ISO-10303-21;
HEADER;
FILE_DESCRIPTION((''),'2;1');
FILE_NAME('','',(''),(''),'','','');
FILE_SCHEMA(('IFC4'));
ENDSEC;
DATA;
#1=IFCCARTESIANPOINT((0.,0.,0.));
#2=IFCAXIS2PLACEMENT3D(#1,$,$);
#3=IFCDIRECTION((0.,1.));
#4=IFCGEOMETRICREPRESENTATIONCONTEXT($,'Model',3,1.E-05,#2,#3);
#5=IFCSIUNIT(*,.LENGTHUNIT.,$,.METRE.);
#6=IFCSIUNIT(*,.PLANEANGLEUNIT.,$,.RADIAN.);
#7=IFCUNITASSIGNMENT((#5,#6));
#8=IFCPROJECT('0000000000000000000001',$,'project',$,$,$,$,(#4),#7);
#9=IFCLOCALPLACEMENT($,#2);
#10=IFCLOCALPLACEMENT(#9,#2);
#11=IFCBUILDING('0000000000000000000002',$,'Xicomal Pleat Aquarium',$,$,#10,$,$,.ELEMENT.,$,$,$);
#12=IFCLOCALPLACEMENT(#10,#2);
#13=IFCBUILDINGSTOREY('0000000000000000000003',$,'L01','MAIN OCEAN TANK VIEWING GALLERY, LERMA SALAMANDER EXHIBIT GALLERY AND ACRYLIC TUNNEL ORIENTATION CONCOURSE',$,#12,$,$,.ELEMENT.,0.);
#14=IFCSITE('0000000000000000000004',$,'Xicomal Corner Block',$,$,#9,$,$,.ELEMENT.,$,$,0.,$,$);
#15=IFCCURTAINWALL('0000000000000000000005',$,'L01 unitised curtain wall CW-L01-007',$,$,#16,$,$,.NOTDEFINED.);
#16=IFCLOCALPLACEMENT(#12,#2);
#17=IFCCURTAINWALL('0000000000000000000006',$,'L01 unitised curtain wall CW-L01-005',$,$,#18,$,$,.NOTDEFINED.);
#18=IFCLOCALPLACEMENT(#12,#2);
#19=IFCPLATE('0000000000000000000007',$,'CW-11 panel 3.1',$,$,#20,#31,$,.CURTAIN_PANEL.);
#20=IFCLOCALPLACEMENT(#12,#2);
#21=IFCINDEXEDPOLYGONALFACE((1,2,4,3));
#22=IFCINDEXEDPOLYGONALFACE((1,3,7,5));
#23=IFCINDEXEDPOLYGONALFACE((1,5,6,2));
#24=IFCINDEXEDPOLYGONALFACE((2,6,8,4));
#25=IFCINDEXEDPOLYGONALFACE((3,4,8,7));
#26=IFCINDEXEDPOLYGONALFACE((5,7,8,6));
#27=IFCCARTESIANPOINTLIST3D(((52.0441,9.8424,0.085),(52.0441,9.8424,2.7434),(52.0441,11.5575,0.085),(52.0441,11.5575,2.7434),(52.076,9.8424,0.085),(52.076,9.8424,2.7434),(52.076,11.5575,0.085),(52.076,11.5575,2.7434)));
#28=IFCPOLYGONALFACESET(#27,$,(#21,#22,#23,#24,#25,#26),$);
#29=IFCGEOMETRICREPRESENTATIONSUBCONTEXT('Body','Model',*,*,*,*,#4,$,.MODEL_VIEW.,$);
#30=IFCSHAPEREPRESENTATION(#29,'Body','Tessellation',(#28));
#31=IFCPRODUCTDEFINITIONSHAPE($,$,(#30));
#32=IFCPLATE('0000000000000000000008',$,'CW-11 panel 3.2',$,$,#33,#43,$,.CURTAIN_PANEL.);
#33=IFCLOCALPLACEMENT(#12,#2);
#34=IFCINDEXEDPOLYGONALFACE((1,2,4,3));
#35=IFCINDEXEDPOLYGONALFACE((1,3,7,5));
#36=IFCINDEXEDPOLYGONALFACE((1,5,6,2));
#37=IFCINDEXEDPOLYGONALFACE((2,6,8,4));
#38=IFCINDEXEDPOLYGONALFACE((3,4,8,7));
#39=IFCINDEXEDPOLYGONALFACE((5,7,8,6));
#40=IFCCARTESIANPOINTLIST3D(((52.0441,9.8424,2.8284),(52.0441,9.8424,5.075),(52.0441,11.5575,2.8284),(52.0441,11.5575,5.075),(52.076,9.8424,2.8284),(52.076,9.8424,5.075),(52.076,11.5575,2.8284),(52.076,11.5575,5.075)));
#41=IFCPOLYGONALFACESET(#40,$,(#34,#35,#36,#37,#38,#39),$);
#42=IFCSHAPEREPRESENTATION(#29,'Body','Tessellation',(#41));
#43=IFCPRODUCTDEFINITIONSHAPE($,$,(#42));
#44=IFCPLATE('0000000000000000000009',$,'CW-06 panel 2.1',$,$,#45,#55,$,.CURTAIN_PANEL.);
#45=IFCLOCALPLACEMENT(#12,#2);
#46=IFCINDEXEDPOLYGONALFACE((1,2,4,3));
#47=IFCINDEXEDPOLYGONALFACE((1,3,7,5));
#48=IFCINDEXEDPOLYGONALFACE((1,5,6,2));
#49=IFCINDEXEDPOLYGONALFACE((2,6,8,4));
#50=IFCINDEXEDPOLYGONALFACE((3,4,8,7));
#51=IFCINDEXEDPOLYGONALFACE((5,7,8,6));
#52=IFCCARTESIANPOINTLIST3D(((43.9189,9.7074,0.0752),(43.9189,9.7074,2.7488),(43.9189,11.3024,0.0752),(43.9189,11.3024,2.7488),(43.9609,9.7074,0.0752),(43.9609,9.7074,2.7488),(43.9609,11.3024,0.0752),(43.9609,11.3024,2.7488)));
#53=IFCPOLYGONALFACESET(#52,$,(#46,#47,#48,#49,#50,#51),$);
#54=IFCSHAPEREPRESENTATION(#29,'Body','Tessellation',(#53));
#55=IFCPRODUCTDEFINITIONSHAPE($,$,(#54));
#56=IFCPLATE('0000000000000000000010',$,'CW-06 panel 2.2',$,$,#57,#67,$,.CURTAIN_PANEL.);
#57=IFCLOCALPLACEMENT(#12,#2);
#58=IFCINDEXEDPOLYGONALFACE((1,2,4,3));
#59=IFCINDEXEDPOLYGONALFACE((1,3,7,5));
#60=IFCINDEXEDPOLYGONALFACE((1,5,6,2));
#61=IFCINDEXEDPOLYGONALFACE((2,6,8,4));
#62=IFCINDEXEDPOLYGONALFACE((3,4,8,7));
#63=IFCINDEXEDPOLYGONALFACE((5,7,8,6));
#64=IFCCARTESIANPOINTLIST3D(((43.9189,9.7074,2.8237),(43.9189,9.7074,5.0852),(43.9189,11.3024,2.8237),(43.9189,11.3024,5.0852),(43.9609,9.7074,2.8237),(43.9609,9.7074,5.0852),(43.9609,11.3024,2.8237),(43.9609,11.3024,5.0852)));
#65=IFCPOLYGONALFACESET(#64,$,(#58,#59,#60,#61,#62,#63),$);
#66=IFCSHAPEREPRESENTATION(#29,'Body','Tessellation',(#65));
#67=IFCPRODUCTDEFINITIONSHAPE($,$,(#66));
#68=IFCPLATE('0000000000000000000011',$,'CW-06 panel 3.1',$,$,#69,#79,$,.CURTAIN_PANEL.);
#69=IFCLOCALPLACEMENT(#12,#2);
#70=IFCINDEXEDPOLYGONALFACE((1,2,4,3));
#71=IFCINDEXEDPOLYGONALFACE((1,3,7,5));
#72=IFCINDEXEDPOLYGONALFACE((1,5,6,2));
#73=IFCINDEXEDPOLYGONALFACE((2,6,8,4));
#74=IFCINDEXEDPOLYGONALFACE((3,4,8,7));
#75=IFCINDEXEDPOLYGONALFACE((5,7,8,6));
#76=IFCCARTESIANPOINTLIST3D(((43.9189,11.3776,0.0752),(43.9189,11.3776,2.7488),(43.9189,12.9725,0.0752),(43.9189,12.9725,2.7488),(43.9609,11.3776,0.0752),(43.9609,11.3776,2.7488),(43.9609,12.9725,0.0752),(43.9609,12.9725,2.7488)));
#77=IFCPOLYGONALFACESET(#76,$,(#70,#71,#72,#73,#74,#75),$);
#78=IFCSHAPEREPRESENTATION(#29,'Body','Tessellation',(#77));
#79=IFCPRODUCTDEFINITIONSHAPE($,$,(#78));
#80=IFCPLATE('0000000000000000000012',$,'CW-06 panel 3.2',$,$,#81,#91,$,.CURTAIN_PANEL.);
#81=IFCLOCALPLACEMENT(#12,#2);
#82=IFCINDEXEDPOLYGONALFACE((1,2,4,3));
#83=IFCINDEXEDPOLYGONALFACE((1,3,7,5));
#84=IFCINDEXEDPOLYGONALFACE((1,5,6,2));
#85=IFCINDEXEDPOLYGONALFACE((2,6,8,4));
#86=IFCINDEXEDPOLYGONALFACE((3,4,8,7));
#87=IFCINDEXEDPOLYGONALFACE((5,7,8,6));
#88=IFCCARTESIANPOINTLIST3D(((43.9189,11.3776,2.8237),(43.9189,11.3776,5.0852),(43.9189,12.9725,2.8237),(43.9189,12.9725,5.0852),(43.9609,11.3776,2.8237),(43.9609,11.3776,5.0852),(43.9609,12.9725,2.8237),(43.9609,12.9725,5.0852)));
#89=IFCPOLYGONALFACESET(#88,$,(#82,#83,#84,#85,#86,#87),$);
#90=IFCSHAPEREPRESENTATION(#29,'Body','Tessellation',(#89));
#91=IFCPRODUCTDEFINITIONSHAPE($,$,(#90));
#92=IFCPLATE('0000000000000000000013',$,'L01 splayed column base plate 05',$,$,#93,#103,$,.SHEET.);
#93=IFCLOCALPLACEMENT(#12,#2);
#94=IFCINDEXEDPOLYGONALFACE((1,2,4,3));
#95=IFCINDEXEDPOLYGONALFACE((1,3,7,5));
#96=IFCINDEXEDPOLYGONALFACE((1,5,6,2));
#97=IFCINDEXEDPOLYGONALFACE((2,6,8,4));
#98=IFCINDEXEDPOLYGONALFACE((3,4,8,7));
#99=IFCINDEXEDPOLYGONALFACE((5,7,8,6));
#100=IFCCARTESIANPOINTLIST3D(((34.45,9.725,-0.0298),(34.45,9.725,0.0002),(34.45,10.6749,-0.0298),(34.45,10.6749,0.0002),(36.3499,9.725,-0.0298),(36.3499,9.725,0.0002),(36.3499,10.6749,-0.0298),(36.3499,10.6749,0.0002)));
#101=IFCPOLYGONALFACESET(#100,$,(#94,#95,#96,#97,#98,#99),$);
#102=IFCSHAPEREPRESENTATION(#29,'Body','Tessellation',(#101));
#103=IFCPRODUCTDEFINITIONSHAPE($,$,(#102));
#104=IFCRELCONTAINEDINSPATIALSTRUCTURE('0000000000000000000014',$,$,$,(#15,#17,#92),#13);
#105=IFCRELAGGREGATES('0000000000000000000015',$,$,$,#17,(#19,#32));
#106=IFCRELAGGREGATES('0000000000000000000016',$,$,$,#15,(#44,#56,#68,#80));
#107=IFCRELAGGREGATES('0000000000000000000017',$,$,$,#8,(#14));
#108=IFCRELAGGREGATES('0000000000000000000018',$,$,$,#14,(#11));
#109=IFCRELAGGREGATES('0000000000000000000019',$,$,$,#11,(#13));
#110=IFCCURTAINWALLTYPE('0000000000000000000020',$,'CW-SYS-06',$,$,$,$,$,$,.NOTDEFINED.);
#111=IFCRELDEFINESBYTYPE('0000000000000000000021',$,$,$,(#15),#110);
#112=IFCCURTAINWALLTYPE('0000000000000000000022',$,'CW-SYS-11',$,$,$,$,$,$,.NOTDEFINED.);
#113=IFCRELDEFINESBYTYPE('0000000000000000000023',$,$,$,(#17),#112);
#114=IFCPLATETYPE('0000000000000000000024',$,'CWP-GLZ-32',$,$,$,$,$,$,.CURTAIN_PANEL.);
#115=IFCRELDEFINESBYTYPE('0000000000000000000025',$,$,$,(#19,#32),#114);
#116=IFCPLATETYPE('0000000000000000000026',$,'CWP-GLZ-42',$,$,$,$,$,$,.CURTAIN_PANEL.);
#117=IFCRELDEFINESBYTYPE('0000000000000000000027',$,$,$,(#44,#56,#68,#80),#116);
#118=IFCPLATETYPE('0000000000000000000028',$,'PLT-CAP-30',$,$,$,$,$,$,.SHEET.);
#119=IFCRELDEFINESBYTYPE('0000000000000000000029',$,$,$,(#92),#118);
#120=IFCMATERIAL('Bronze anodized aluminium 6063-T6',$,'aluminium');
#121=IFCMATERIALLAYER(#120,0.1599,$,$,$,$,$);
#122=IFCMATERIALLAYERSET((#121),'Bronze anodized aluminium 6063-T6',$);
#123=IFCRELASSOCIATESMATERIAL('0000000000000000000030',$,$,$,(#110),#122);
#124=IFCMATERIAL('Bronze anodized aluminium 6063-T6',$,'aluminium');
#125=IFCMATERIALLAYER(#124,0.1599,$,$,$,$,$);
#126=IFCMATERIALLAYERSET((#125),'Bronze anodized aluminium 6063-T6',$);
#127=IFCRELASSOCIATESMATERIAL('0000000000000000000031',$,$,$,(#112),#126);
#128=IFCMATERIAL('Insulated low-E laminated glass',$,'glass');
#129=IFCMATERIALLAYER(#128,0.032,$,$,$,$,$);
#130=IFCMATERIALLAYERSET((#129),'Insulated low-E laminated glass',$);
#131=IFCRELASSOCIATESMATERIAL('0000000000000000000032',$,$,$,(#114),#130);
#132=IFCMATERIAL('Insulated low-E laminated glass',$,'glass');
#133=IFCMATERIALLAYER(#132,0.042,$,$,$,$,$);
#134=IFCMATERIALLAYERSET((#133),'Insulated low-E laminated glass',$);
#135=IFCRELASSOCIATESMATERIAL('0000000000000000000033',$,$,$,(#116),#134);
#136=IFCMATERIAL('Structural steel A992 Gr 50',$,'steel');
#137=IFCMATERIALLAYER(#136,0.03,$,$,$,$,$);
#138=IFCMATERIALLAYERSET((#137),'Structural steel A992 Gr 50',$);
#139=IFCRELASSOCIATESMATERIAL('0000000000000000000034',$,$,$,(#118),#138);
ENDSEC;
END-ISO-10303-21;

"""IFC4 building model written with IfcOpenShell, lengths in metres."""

from ifc_helpers import new_model, si_unit, direction, frame, origin, origin_2d, place, context, subcontext, project, spatial, rectangle, extrude, material, layer, layer_set, type_object, element, aggregate, save


model = new_model("IFC4")

# Units and contexts
model_context = context("Model", 3, precision=1e-05, world=origin(), true_north=direction((0.0, 1.0)))
body_context = subcontext(model_context, "Body", "Model", "MODEL_VIEW")
ifc_project = project(units=[si_unit("LENGTHUNIT", "METRE"), si_unit("PLANEANGLEUNIT", "RADIAN")], contexts=[model_context])

# Site, building, storey
site_placement = place(None, origin())
site = spatial("IfcSite", under=ifc_project, at=site_placement, Name="Xicomal Corner Block", CompositionType="ELEMENT", RefElevation=0.0)
building_placement = place(site_placement, origin())
building = spatial("IfcBuilding", under=site, at=building_placement, Name="Xicomal Pleat Aquarium", CompositionType="ELEMENT")
storey_placement = place(building_placement, origin())
storey = spatial("IfcBuildingStorey", under=building, at=storey_placement, Name="L01", Description="MAIN OCEAN TANK VIEWING GALLERY, LERMA SALAMANDER EXHIBIT GALLERY AND ACRYLIC TUNNEL ORIENTATION CONCOURSE", CompositionType="ELEMENT", Elevation=0.0)

# Curtain wall
ifc_material_1 = material(Name="Bronze anodized aluminium 6063-T6", Category="aluminium")
ifc_layer_1 = layer(ifc_material_1, 0.1599)
ifc_layer_set_1 = layer_set([ifc_layer_1], Name="Bronze anodized aluminium 6063-T6")
curtain_wall_type_1 = type_object("IfcCurtainWallType", Name="CW-SYS-06", PredefinedType="NOTDEFINED", material=ifc_layer_set_1)
curtain_wall_1_placement = place(storey_placement, origin())
curtain_wall_1 = element("IfcCurtainWall", 1, at=curtain_wall_1_placement, inside=storey, type_object=curtain_wall_type_1, Name="L01 unitised curtain wall CW-L01-007", PredefinedType="NOTDEFINED")

# Curtain wall
ifc_material_2 = material(Name="Bronze anodized aluminium 6063-T6", Category="aluminium")
ifc_layer_2 = layer(ifc_material_2, 0.1599)
ifc_layer_set_2 = layer_set([ifc_layer_2], Name="Bronze anodized aluminium 6063-T6")
curtain_wall_type_2 = type_object("IfcCurtainWallType", Name="CW-SYS-11", PredefinedType="NOTDEFINED", material=ifc_layer_set_2)
curtain_wall_2_placement = place(storey_placement, origin())
curtain_wall_2 = element("IfcCurtainWall", 2, at=curtain_wall_2_placement, inside=storey, type_object=curtain_wall_type_2, Name="L01 unitised curtain wall CW-L01-005", PredefinedType="NOTDEFINED")

# Plates
ifc_material_3 = material(Name="Insulated low-E laminated glass", Category="glass")
ifc_layer_3 = layer(ifc_material_3, 0.032)
ifc_layer_set_3 = layer_set([ifc_layer_3], Name="Insulated low-E laminated glass")
plate_type_1 = type_object("IfcPlateType", Name="CWP-GLZ-32", PredefinedType="CURTAIN_PANEL", material=ifc_layer_set_3)
plate_1_placement = place(storey_placement, frame((52.0601, 10.7, 0.085), z_axis=(0.0, 0.0, 1.0), x_axis=(0.0, -1.0, 0.0)))
plate_1 = element("IfcPlate", 3, at=plate_1_placement, type_object=plate_type_1, Name="CW-11 panel 3.1", PredefinedType="CURTAIN_PANEL", context=body_context, shape_type="SweptSolid", body=[
    extrude(rectangle(XDim=1.7151, YDim=0.032, at=origin_2d()), origin(), (0.0, 0.0, 1.0), 2.6584),
])
plate_2_placement = place(storey_placement, frame((52.0601, 10.7, 2.8284), z_axis=(0.0, 0.0, 1.0), x_axis=(0.0, -1.0, 0.0)))
plate_2 = element("IfcPlate", 4, at=plate_2_placement, type_object=plate_type_1, Name="CW-11 panel 3.2", PredefinedType="CURTAIN_PANEL", context=body_context, shape_type="SweptSolid", body=[
    extrude(rectangle(XDim=1.7151, YDim=0.032, at=origin_2d()), origin(), (0.0, 0.0, 1.0), 2.2466),
])
aggregate(curtain_wall_2, [plate_1, plate_2])
ifc_material_4 = material(Name="Insulated low-E laminated glass", Category="glass")
ifc_layer_4 = layer(ifc_material_4, 0.042)
ifc_layer_set_4 = layer_set([ifc_layer_4], Name="Insulated low-E laminated glass")
plate_type_2 = type_object("IfcPlateType", Name="CWP-GLZ-42", PredefinedType="CURTAIN_PANEL", material=ifc_layer_set_4)
plate_3_placement = place(storey_placement, frame((43.9399, 10.5049, 0.0752), z_axis=(0.0, 0.0, 1.0), x_axis=(0.0, 1.0, 0.0)))
plate_3 = element("IfcPlate", 5, at=plate_3_placement, type_object=plate_type_2, Name="CW-06 panel 2.1", PredefinedType="CURTAIN_PANEL", context=body_context, shape_type="SweptSolid", body=[
    extrude(rectangle(XDim=1.595, YDim=0.042, at=origin_2d()), origin(), (0.0, 0.0, 1.0), 2.6736),
])
plate_4_placement = place(storey_placement, frame((43.9399, 10.5049, 2.8237), z_axis=(0.0, 0.0, 1.0), x_axis=(0.0, 1.0, 0.0)))
plate_4 = element("IfcPlate", 6, at=plate_4_placement, type_object=plate_type_2, Name="CW-06 panel 2.2", PredefinedType="CURTAIN_PANEL", context=body_context, shape_type="SweptSolid", body=[
    extrude(rectangle(XDim=1.595, YDim=0.042, at=origin_2d()), origin(), (0.0, 0.0, 1.0), 2.2615),
])
plate_5_placement = place(storey_placement, frame((43.9399, 12.175, 0.0752), z_axis=(0.0, 0.0, 1.0), x_axis=(0.0, 1.0, 0.0)))
plate_5 = element("IfcPlate", 7, at=plate_5_placement, type_object=plate_type_2, Name="CW-06 panel 3.1", PredefinedType="CURTAIN_PANEL", context=body_context, shape_type="SweptSolid", body=[
    extrude(rectangle(XDim=1.595, YDim=0.042, at=origin_2d()), origin(), (0.0, 0.0, 1.0), 2.6736),
])
plate_6_placement = place(storey_placement, frame((43.9399, 12.175, 2.8237), z_axis=(0.0, 0.0, 1.0), x_axis=(0.0, 1.0, 0.0)))
plate_6 = element("IfcPlate", 8, at=plate_6_placement, type_object=plate_type_2, Name="CW-06 panel 3.2", PredefinedType="CURTAIN_PANEL", context=body_context, shape_type="SweptSolid", body=[
    extrude(rectangle(XDim=1.595, YDim=0.042, at=origin_2d()), origin(), (0.0, 0.0, 1.0), 2.2615),
])
aggregate(curtain_wall_1, [plate_3, plate_4, plate_5, plate_6])
ifc_material_5 = material(Name="Structural steel A992 Gr 50", Category="steel")
ifc_layer_5 = layer(ifc_material_5, 0.03)
ifc_layer_set_5 = layer_set([ifc_layer_5], Name="Structural steel A992 Gr 50")
plate_type_3 = type_object("IfcPlateType", Name="PLT-CAP-30", PredefinedType="SHEET", material=ifc_layer_set_5)
plate_7_placement = place(storey_placement, frame((35.3999, 10.2, -0.0298), z_axis=(0.0, 0.0, 1.0), x_axis=(1.0, 0.0, 0.0)))
element("IfcPlate", 9, at=plate_7_placement, inside=storey, type_object=plate_type_3, Name="L01 splayed column base plate 05", PredefinedType="SHEET", context=body_context, shape_type="SweptSolid", body=[
    extrude(rectangle(XDim=1.8999, YDim=0.95, at=origin_2d()), origin(), (0.0, 0.0, 1.0), 0.03),
])

save(model, "model.ifc")
